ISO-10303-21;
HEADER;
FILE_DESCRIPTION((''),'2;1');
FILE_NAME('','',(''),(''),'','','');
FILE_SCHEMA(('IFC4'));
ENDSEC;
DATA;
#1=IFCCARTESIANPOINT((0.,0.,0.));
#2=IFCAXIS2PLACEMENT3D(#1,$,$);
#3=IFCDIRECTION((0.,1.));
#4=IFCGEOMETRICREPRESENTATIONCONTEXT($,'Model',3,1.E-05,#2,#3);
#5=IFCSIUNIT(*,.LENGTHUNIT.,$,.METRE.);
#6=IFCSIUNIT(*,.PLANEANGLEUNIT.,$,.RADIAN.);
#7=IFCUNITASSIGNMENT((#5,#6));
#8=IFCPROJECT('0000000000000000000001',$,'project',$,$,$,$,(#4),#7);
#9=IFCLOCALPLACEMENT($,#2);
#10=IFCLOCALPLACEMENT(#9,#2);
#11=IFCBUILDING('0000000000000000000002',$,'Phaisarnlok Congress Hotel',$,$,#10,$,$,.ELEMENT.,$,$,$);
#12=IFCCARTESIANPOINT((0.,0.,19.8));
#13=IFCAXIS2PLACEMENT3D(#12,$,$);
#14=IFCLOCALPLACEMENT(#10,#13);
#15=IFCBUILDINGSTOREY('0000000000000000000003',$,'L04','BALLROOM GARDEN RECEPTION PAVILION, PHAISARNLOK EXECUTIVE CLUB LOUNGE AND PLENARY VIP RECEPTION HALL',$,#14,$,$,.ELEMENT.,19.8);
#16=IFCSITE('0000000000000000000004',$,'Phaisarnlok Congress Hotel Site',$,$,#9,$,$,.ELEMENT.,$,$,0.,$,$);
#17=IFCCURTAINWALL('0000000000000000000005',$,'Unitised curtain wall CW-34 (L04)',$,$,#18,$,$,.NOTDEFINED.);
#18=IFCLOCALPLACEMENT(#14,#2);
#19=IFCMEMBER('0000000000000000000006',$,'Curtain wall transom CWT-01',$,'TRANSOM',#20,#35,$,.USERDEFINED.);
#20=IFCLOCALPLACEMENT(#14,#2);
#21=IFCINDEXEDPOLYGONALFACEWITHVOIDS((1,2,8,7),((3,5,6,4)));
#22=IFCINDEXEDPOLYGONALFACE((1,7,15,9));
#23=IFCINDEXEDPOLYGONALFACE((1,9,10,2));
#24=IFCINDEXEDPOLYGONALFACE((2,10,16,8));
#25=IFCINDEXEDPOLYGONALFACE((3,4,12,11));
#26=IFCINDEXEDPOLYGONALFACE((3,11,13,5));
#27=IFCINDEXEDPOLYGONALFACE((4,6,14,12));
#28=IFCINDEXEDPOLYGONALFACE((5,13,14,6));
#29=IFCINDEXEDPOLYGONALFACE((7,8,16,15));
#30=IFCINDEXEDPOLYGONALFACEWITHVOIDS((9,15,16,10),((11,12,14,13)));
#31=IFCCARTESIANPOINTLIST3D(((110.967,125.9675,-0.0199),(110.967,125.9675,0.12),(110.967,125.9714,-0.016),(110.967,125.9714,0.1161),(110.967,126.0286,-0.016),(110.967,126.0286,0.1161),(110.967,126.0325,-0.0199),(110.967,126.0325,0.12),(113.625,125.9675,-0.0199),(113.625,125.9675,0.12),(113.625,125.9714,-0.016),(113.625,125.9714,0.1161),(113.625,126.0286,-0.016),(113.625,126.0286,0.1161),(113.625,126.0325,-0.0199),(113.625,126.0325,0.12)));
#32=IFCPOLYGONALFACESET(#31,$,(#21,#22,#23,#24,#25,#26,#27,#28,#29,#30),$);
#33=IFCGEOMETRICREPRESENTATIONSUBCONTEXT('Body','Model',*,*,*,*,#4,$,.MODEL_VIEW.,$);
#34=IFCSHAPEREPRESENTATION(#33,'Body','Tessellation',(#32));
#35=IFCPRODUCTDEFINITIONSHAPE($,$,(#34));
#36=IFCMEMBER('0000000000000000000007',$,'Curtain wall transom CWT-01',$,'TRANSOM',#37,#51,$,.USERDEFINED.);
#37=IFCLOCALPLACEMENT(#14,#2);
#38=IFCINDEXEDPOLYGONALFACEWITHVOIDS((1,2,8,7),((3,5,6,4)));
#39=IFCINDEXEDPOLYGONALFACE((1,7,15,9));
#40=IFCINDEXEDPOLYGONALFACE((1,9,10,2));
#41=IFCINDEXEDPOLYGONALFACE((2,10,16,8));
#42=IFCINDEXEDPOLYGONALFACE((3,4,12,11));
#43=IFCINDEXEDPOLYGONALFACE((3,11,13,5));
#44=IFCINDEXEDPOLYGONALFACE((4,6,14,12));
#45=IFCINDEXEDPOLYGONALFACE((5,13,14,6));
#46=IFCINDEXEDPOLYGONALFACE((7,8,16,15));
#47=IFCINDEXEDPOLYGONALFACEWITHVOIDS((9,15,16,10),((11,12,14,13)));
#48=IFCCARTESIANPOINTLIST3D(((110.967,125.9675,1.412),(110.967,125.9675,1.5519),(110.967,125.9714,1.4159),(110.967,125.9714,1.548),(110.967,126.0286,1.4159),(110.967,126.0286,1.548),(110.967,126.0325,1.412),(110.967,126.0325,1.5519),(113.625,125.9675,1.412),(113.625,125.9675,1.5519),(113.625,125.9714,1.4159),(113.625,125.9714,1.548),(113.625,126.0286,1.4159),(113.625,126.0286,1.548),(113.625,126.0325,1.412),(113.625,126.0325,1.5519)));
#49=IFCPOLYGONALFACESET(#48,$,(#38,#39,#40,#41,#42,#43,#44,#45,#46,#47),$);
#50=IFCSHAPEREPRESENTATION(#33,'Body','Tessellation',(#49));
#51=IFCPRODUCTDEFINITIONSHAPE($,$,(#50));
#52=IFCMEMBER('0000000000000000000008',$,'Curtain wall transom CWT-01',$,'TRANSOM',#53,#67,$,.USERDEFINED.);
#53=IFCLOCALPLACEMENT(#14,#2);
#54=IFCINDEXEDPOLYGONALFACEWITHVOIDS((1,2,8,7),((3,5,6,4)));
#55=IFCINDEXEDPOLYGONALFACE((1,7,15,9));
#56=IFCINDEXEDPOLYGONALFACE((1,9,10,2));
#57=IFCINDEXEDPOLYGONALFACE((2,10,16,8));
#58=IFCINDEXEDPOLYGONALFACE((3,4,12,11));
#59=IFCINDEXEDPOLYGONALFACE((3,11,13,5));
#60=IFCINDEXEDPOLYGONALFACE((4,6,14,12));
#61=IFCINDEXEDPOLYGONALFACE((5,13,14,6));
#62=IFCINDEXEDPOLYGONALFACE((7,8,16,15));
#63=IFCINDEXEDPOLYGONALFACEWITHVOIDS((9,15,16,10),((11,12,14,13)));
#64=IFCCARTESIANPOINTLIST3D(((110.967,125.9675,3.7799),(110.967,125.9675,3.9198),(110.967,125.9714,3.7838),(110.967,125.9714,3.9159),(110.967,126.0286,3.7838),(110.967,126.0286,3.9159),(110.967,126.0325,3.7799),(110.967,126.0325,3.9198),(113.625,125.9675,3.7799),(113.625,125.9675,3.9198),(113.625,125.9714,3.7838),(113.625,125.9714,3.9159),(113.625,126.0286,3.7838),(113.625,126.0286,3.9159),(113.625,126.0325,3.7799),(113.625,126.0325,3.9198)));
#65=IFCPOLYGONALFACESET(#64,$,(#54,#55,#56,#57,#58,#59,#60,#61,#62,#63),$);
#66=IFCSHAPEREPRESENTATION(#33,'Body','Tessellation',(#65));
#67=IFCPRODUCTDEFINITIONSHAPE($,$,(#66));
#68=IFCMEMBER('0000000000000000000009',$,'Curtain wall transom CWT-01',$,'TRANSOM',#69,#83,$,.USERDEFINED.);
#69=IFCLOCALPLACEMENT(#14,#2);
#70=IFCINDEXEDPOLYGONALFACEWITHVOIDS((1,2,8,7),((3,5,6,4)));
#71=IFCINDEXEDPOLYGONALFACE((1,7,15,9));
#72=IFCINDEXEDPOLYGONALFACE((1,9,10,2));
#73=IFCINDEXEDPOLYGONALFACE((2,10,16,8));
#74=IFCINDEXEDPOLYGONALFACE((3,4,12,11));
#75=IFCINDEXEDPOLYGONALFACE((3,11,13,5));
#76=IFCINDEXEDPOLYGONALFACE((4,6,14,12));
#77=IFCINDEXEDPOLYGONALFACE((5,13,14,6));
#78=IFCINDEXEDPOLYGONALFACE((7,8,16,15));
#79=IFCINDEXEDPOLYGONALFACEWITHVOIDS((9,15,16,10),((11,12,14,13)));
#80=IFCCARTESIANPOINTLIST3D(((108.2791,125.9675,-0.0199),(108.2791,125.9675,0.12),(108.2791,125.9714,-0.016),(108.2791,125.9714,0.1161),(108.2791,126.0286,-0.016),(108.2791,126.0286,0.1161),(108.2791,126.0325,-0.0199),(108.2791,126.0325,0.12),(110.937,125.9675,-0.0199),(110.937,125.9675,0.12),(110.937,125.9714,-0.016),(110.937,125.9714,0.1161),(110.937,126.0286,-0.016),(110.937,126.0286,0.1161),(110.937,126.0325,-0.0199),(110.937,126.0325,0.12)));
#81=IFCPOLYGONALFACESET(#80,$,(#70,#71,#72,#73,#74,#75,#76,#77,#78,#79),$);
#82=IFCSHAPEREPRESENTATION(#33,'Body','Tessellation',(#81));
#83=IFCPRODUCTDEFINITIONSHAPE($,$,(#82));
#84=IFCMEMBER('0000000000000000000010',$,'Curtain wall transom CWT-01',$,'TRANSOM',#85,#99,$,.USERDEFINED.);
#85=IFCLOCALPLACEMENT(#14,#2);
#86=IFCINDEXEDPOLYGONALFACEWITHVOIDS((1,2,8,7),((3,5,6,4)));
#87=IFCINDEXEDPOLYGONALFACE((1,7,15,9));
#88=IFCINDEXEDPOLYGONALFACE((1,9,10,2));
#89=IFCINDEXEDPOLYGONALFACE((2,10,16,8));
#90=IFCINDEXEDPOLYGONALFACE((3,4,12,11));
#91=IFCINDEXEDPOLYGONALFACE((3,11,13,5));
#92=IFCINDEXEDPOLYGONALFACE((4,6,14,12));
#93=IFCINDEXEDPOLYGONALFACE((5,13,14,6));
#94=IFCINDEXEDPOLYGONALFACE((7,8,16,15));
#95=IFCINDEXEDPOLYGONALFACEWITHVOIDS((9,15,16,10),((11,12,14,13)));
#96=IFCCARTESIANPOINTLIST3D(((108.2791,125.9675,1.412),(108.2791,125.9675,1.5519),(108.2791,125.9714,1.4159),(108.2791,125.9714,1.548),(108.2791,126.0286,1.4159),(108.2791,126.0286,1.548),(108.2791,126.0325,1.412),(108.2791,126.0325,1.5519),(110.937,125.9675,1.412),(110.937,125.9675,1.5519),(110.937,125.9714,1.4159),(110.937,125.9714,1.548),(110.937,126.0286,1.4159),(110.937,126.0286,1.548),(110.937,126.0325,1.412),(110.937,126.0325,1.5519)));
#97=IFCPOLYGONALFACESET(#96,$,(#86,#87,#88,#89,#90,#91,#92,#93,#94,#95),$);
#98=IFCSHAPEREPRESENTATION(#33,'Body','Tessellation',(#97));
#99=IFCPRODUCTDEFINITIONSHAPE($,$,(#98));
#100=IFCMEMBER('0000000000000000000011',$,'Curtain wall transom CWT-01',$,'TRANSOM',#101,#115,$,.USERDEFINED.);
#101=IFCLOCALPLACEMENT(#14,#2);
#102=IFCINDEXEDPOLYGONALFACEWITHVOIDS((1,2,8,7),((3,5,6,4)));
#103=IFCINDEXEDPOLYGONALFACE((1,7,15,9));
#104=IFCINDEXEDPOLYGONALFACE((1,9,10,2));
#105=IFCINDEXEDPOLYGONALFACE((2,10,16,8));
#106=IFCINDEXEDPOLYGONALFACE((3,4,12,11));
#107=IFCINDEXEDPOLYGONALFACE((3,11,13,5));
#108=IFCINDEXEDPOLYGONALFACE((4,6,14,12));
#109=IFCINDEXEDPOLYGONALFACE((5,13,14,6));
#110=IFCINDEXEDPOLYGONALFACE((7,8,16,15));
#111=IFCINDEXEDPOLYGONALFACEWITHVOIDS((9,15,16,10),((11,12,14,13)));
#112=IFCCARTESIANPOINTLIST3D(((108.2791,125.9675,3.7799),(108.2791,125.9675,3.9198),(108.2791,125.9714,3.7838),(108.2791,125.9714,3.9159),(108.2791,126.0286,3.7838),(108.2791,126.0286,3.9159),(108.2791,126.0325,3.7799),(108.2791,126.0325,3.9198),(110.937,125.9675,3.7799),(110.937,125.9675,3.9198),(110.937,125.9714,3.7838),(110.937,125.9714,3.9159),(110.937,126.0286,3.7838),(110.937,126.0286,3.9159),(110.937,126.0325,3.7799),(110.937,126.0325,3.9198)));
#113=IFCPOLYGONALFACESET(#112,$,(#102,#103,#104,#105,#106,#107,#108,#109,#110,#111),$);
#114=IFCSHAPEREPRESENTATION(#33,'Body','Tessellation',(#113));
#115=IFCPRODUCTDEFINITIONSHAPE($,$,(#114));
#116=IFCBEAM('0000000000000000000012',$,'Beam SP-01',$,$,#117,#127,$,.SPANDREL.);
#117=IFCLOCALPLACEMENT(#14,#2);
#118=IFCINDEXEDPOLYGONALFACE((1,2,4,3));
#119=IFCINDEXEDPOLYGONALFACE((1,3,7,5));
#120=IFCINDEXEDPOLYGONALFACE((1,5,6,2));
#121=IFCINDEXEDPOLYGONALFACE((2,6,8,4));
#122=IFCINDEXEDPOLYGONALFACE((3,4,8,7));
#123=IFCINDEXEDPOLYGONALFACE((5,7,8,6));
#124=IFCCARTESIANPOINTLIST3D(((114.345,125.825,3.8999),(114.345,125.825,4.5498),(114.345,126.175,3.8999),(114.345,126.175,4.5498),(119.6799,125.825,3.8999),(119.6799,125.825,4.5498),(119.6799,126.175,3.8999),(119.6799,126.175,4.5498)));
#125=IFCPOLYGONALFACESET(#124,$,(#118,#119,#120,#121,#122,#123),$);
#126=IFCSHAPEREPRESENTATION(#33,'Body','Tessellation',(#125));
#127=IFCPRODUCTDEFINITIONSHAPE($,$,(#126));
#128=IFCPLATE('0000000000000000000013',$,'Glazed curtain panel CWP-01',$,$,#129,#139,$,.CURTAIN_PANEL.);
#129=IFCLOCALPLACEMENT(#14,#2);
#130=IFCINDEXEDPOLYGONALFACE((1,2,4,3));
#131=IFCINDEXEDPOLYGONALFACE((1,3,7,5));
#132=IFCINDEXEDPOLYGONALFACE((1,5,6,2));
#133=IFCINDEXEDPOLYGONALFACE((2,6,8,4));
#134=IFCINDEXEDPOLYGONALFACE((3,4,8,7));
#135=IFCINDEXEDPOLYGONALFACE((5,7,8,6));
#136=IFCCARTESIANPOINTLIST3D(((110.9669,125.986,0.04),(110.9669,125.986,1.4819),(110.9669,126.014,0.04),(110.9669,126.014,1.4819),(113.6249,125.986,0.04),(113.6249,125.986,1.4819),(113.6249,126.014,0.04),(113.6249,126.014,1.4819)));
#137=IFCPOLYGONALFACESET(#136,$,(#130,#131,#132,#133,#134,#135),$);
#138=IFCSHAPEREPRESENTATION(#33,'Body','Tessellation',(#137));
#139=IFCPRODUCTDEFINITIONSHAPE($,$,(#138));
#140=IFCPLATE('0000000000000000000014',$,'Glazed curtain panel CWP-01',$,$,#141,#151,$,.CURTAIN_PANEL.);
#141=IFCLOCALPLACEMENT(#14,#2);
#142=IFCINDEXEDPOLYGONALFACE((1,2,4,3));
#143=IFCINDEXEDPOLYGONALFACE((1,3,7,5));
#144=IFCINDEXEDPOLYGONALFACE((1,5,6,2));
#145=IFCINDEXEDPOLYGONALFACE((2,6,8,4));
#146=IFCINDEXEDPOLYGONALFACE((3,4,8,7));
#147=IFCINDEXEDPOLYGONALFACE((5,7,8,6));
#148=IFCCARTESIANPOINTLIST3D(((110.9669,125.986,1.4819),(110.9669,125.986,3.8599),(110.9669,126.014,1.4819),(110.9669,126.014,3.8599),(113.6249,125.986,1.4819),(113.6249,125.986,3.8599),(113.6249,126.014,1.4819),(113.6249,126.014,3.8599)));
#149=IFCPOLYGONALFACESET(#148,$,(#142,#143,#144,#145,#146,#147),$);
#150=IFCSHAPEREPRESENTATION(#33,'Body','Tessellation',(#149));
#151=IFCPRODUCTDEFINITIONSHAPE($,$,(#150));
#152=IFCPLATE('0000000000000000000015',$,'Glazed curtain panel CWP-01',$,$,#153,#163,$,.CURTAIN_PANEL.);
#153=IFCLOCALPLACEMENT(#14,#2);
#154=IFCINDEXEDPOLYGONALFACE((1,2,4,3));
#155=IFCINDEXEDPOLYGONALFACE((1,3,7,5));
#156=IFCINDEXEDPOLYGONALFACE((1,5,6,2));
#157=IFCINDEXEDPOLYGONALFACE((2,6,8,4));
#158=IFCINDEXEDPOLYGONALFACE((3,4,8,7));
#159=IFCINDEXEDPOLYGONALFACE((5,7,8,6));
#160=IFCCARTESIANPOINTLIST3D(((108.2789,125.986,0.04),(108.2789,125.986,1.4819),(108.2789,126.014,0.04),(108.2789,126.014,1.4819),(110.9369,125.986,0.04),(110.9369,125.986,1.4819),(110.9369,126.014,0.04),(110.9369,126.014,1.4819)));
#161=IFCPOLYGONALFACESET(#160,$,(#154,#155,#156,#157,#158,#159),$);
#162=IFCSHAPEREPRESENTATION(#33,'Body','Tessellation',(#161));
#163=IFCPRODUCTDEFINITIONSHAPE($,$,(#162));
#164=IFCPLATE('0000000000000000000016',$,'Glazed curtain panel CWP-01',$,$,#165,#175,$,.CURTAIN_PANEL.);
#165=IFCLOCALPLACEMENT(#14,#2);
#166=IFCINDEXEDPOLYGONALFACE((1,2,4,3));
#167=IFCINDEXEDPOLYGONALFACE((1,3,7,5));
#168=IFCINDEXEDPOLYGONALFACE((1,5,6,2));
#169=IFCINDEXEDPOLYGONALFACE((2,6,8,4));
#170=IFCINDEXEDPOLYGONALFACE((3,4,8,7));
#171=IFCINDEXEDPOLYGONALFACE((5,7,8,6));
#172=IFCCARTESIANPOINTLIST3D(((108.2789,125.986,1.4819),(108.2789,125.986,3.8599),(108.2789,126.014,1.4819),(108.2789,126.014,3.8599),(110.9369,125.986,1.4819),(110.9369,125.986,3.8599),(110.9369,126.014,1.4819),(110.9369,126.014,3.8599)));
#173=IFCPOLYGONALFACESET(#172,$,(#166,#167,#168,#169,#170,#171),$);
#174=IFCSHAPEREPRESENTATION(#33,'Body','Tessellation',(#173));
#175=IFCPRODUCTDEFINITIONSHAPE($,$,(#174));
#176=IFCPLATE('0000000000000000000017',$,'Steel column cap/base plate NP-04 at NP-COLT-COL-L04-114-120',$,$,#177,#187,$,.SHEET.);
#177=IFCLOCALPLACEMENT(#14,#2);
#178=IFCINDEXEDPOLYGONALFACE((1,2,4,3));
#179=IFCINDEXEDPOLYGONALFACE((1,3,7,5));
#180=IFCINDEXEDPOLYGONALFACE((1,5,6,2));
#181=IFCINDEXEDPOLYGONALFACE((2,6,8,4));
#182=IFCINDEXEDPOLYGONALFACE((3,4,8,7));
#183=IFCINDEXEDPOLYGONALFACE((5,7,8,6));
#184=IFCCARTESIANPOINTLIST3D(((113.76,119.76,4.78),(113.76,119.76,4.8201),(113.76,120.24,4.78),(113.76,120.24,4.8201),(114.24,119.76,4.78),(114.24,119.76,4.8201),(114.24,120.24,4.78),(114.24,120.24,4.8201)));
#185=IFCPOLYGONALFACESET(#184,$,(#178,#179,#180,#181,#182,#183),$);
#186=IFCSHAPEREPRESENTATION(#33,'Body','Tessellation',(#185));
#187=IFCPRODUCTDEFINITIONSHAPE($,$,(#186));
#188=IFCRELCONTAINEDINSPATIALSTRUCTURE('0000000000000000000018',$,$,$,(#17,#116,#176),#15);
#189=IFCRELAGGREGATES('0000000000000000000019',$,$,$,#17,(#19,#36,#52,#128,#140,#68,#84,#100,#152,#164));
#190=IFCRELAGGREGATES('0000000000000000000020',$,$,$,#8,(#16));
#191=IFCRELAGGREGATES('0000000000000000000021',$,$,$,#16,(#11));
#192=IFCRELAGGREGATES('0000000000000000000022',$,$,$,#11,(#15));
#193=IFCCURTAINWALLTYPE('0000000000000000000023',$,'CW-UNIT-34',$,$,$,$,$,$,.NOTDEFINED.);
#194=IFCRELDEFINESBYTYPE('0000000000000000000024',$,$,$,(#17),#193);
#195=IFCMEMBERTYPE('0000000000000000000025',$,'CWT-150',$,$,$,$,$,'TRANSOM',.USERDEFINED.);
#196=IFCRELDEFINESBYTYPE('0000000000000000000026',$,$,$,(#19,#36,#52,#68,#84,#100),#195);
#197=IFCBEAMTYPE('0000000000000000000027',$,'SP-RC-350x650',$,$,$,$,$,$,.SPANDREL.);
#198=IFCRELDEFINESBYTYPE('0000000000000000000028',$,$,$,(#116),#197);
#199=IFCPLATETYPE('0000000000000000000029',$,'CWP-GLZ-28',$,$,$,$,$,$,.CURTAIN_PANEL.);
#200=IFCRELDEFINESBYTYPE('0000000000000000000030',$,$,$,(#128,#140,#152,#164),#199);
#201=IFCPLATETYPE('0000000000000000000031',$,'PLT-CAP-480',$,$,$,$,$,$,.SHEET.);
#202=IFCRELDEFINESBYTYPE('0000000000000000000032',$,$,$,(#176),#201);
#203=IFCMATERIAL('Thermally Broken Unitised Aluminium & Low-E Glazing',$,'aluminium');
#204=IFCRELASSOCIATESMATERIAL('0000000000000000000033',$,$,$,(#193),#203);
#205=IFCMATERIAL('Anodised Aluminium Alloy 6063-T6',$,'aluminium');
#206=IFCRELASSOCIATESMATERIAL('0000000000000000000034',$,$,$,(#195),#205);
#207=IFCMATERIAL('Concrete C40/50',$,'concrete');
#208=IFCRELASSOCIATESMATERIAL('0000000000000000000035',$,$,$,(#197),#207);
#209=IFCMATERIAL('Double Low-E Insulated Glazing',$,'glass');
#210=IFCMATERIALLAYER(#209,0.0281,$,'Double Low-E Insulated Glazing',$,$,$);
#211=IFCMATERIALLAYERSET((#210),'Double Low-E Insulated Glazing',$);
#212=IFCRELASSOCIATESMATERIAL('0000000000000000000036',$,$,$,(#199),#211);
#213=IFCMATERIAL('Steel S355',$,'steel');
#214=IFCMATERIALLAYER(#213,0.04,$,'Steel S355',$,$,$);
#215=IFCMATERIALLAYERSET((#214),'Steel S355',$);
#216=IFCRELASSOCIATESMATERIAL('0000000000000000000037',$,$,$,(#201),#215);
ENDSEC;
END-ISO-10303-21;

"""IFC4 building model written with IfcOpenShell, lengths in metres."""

from ifc_helpers import new_model, si_unit, direction, frame, frame_2d, origin, origin_2d, place, context, subcontext, project, spatial, rectangle, hollow_rectangle, extrude, material, layer, layer_set, material_profile, profile_set, type_object, element, aggregate, save


model = new_model("IFC4")

# Units and contexts
model_context = context("Model", 3, precision=1e-05, world=origin(), true_north=direction((0.0, 1.0)))
body_context = subcontext(model_context, "Body", "Model", "MODEL_VIEW")
ifc_project = project(units=[si_unit("LENGTHUNIT", "METRE"), si_unit("PLANEANGLEUNIT", "RADIAN")], contexts=[model_context])

# Site, building, storey
site_placement = place(None, origin())
site = spatial("IfcSite", under=ifc_project, at=site_placement, Name="Phaisarnlok Congress Hotel Site", CompositionType="ELEMENT", RefElevation=0.0)
building_placement = place(site_placement, origin())
building = spatial("IfcBuilding", under=site, at=building_placement, Name="Phaisarnlok Congress Hotel", CompositionType="ELEMENT")
storey_placement = place(building_placement, frame((0.0, 0.0, 19.8)))
storey = spatial("IfcBuildingStorey", under=building, at=storey_placement, Name="L04", Description="BALLROOM GARDEN RECEPTION PAVILION, PHAISARNLOK EXECUTIVE CLUB LOUNGE AND PLENARY VIP RECEPTION HALL", CompositionType="ELEMENT", Elevation=19.8)

# Shared definitions
ifc_material_1 = material(Name="Steel S355", Category="steel")

# Shared definitions
ifc_material_2 = material(Name="Concrete C40/50", Category="concrete")

# Curtain wall, members
ifc_material_3 = material(Name="Thermally Broken Unitised Aluminium & Low-E Glazing", Category="aluminium")
curtain_wall_type = type_object("IfcCurtainWallType", Name="CW-UNIT-34", PredefinedType="NOTDEFINED", material=ifc_material_3)
curtain_wall_placement = place(storey_placement, origin())
curtain_wall = element("IfcCurtainWall", 1, at=curtain_wall_placement, inside=storey, type_object=curtain_wall_type, Name="Unitised curtain wall CW-34 (L04)", PredefinedType="NOTDEFINED")
ifc_material_4 = material(Name="Anodised Aluminium Alloy 6063-T6", Category="aluminium")
ifc_material_profile_1 = material_profile(ifc_material_4, hollow_rectangle(XDim=0.0649, YDim=0.1399, WallThickness=0.0039, at=origin_2d()), Name="ALU-T 65x140x4")
ifc_profile_set_1 = profile_set([ifc_material_profile_1], Name="Anodised Aluminium Alloy 6063-T6")
member_type_1 = type_object("IfcMemberType", Name="CWT-150", ElementType="TRANSOM", PredefinedType="USERDEFINED", material=ifc_profile_set_1)
member_1_placement = place(storey_placement, frame((113.625, 126.0, 0.05), z_axis=(-1.0, 0.0, 0.0), x_axis=(0.0, -1.0, 0.0)))
member_1 = element("IfcMember", 2, at=member_1_placement, type_object=member_type_1, Name="Curtain wall transom CWT-01", ObjectType="TRANSOM", PredefinedType="USERDEFINED", context=body_context, shape_type="SweptSolid", body=[
    extrude(hollow_rectangle(XDim=0.0649, YDim=0.1399, WallThickness=0.0039, at=origin_2d()), origin(), (0.0, 0.0, 1.0), 2.658),
])
member_2_placement = place(storey_placement, frame((113.625, 126.0, 1.4819), z_axis=(-1.0, 0.0, 0.0), x_axis=(0.0, -1.0, 0.0)))
member_2 = element("IfcMember", 3, at=member_2_placement, type_object=member_type_1, Name="Curtain wall transom CWT-01", ObjectType="TRANSOM", PredefinedType="USERDEFINED", context=body_context, shape_type="SweptSolid", body=[
    extrude(hollow_rectangle(XDim=0.0649, YDim=0.1399, WallThickness=0.0039, at=origin_2d()), origin(), (0.0, 0.0, 1.0), 2.658),
])
member_3_placement = place(storey_placement, frame((113.625, 126.0, 3.8499), z_axis=(-1.0, 0.0, 0.0), x_axis=(0.0, -1.0, 0.0)))
member_3 = element("IfcMember", 4, at=member_3_placement, type_object=member_type_1, Name="Curtain wall transom CWT-01", ObjectType="TRANSOM", PredefinedType="USERDEFINED", context=body_context, shape_type="SweptSolid", body=[
    extrude(hollow_rectangle(XDim=0.0649, YDim=0.1399, WallThickness=0.0039, at=origin_2d()), origin(), (0.0, 0.0, 1.0), 2.658),
])
member_4_placement = place(storey_placement, frame((110.937, 126.0, 0.05), z_axis=(-1.0, 0.0, 0.0), x_axis=(0.0, -1.0, 0.0)))
member_4 = element("IfcMember", 5, at=member_4_placement, type_object=member_type_1, Name="Curtain wall transom CWT-01", ObjectType="TRANSOM", PredefinedType="USERDEFINED", context=body_context, shape_type="SweptSolid", body=[
    extrude(hollow_rectangle(XDim=0.0649, YDim=0.1399, WallThickness=0.0039, at=origin_2d()), origin(), (0.0, 0.0, 1.0), 2.658),
])
member_5_placement = place(storey_placement, frame((110.937, 126.0, 1.4819), z_axis=(-1.0, 0.0, 0.0), x_axis=(0.0, -1.0, 0.0)))
member_5 = element("IfcMember", 6, at=member_5_placement, type_object=member_type_1, Name="Curtain wall transom CWT-01", ObjectType="TRANSOM", PredefinedType="USERDEFINED", context=body_context, shape_type="SweptSolid", body=[
    extrude(hollow_rectangle(XDim=0.0649, YDim=0.1399, WallThickness=0.0039, at=origin_2d()), origin(), (0.0, 0.0, 1.0), 2.658),
])
member_6_placement = place(storey_placement, frame((110.937, 126.0, 3.8499), z_axis=(-1.0, 0.0, 0.0), x_axis=(0.0, -1.0, 0.0)))
member_6 = element("IfcMember", 7, at=member_6_placement, type_object=member_type_1, Name="Curtain wall transom CWT-01", ObjectType="TRANSOM", PredefinedType="USERDEFINED", context=body_context, shape_type="SweptSolid", body=[
    extrude(hollow_rectangle(XDim=0.0649, YDim=0.1399, WallThickness=0.0039, at=origin_2d()), origin(), (0.0, 0.0, 1.0), 2.658),
])

# Beam
ifc_material_profile_2 = material_profile(ifc_material_2, rectangle(XDim=0.3501, YDim=0.6499, at=origin_2d()), Name="RC 350x650")
ifc_profile_set_2 = profile_set([ifc_material_profile_2], Name="Concrete C40/50")
beam_type_1 = type_object("IfcBeamType", Name="SP-RC-350x650", PredefinedType="SPANDREL", material=ifc_profile_set_2)
beam_1_placement = place(storey_placement, frame((114.345, 126.0, 4.2249), z_axis=(1.0, 0.0, 0.0), x_axis=(0.0, 1.0, 0.0)))
element("IfcBeam", 8, at=beam_1_placement, inside=storey, type_object=beam_type_1, Name="Beam SP-01", PredefinedType="SPANDREL", context=body_context, shape_type="SweptSolid", body=[
    extrude(rectangle(XDim=0.3501, YDim=0.6499, at=origin_2d()), origin(), (0.0, 0.0, 1.0), 5.335),
])

# Plates
ifc_material_5 = material(Name="Double Low-E Insulated Glazing", Category="glass")
ifc_layer_1 = layer(ifc_material_5, 0.0281, Name="Double Low-E Insulated Glazing")
ifc_layer_set_1 = layer_set([ifc_layer_1], Name="Double Low-E Insulated Glazing")
plate_type_1 = type_object("IfcPlateType", Name="CWP-GLZ-28", PredefinedType="CURTAIN_PANEL", material=ifc_layer_set_1)
plate_1_placement = place(storey_placement, frame((113.625, 126.0, 0.04), z_axis=(0.0, 0.0, 1.0), x_axis=(-1.0, 0.0, 0.0)))
plate_1 = element("IfcPlate", 9, at=plate_1_placement, type_object=plate_type_1, Name="Glazed curtain panel CWP-01", PredefinedType="CURTAIN_PANEL", context=body_context, shape_type="SweptSolid", body=[
    extrude(rectangle(XDim=2.658, YDim=0.0281, at=frame_2d((1.3291, 0.0))), origin(), (0.0, 0.0, 1.0), 1.4419),
])
plate_2_placement = place(storey_placement, frame((113.625, 126.0, 1.4819), z_axis=(0.0, 0.0, 1.0), x_axis=(-1.0, 0.0, 0.0)))
plate_2 = element("IfcPlate", 10, at=plate_2_placement, type_object=plate_type_1, Name="Glazed curtain panel CWP-01", PredefinedType="CURTAIN_PANEL", context=body_context, shape_type="SweptSolid", body=[
    extrude(rectangle(XDim=2.658, YDim=0.0281, at=frame_2d((1.3291, 0.0))), origin(), (0.0, 0.0, 1.0), 2.3779),
])
plate_3_placement = place(storey_placement, frame((110.937, 126.0, 0.04), z_axis=(0.0, 0.0, 1.0), x_axis=(-1.0, 0.0, 0.0)))
plate_3 = element("IfcPlate", 11, at=plate_3_placement, type_object=plate_type_1, Name="Glazed curtain panel CWP-01", PredefinedType="CURTAIN_PANEL", context=body_context, shape_type="SweptSolid", body=[
    extrude(rectangle(XDim=2.658, YDim=0.0281, at=frame_2d((1.3291, 0.0))), origin(), (0.0, 0.0, 1.0), 1.4419),
])
plate_4_placement = place(storey_placement, frame((110.937, 126.0, 1.4819), z_axis=(0.0, 0.0, 1.0), x_axis=(-1.0, 0.0, 0.0)))
plate_4 = element("IfcPlate", 12, at=plate_4_placement, type_object=plate_type_1, Name="Glazed curtain panel CWP-01", PredefinedType="CURTAIN_PANEL", context=body_context, shape_type="SweptSolid", body=[
    extrude(rectangle(XDim=2.658, YDim=0.0281, at=frame_2d((1.3291, 0.0))), origin(), (0.0, 0.0, 1.0), 2.3779),
])
aggregate(curtain_wall, [member_1, member_2, member_3, plate_1, plate_2, member_4, member_5, member_6, plate_3, plate_4])

# Plate
ifc_layer_2 = layer(ifc_material_1, 0.04, Name="Steel S355")
ifc_layer_set_2 = layer_set([ifc_layer_2], Name="Steel S355")
plate_type_2 = type_object("IfcPlateType", Name="PLT-CAP-480", PredefinedType="SHEET", material=ifc_layer_set_2)
for number, where, z_axis, x_axis, name in (
    (13, (114.0, 120.0, 4.78), (0.0, 0.0, 1.0), (1.0, 0.0, 0.0), "Steel column cap/base plate NP-04 at NP-COLT-COL-L04-114-120"),
):
    element("IfcPlate", number, at=place(storey_placement, frame(where, z_axis=z_axis, x_axis=x_axis)), inside=storey, type_object=plate_type_2, Name=name, PredefinedType="SHEET", context=body_context, shape_type="SweptSolid", body=[
        extrude(rectangle(XDim=0.48, YDim=0.48, at=origin_2d()), origin(), (0.0, 0.0, 1.0), 0.04),
    ])

save(model, "model.ifc")
